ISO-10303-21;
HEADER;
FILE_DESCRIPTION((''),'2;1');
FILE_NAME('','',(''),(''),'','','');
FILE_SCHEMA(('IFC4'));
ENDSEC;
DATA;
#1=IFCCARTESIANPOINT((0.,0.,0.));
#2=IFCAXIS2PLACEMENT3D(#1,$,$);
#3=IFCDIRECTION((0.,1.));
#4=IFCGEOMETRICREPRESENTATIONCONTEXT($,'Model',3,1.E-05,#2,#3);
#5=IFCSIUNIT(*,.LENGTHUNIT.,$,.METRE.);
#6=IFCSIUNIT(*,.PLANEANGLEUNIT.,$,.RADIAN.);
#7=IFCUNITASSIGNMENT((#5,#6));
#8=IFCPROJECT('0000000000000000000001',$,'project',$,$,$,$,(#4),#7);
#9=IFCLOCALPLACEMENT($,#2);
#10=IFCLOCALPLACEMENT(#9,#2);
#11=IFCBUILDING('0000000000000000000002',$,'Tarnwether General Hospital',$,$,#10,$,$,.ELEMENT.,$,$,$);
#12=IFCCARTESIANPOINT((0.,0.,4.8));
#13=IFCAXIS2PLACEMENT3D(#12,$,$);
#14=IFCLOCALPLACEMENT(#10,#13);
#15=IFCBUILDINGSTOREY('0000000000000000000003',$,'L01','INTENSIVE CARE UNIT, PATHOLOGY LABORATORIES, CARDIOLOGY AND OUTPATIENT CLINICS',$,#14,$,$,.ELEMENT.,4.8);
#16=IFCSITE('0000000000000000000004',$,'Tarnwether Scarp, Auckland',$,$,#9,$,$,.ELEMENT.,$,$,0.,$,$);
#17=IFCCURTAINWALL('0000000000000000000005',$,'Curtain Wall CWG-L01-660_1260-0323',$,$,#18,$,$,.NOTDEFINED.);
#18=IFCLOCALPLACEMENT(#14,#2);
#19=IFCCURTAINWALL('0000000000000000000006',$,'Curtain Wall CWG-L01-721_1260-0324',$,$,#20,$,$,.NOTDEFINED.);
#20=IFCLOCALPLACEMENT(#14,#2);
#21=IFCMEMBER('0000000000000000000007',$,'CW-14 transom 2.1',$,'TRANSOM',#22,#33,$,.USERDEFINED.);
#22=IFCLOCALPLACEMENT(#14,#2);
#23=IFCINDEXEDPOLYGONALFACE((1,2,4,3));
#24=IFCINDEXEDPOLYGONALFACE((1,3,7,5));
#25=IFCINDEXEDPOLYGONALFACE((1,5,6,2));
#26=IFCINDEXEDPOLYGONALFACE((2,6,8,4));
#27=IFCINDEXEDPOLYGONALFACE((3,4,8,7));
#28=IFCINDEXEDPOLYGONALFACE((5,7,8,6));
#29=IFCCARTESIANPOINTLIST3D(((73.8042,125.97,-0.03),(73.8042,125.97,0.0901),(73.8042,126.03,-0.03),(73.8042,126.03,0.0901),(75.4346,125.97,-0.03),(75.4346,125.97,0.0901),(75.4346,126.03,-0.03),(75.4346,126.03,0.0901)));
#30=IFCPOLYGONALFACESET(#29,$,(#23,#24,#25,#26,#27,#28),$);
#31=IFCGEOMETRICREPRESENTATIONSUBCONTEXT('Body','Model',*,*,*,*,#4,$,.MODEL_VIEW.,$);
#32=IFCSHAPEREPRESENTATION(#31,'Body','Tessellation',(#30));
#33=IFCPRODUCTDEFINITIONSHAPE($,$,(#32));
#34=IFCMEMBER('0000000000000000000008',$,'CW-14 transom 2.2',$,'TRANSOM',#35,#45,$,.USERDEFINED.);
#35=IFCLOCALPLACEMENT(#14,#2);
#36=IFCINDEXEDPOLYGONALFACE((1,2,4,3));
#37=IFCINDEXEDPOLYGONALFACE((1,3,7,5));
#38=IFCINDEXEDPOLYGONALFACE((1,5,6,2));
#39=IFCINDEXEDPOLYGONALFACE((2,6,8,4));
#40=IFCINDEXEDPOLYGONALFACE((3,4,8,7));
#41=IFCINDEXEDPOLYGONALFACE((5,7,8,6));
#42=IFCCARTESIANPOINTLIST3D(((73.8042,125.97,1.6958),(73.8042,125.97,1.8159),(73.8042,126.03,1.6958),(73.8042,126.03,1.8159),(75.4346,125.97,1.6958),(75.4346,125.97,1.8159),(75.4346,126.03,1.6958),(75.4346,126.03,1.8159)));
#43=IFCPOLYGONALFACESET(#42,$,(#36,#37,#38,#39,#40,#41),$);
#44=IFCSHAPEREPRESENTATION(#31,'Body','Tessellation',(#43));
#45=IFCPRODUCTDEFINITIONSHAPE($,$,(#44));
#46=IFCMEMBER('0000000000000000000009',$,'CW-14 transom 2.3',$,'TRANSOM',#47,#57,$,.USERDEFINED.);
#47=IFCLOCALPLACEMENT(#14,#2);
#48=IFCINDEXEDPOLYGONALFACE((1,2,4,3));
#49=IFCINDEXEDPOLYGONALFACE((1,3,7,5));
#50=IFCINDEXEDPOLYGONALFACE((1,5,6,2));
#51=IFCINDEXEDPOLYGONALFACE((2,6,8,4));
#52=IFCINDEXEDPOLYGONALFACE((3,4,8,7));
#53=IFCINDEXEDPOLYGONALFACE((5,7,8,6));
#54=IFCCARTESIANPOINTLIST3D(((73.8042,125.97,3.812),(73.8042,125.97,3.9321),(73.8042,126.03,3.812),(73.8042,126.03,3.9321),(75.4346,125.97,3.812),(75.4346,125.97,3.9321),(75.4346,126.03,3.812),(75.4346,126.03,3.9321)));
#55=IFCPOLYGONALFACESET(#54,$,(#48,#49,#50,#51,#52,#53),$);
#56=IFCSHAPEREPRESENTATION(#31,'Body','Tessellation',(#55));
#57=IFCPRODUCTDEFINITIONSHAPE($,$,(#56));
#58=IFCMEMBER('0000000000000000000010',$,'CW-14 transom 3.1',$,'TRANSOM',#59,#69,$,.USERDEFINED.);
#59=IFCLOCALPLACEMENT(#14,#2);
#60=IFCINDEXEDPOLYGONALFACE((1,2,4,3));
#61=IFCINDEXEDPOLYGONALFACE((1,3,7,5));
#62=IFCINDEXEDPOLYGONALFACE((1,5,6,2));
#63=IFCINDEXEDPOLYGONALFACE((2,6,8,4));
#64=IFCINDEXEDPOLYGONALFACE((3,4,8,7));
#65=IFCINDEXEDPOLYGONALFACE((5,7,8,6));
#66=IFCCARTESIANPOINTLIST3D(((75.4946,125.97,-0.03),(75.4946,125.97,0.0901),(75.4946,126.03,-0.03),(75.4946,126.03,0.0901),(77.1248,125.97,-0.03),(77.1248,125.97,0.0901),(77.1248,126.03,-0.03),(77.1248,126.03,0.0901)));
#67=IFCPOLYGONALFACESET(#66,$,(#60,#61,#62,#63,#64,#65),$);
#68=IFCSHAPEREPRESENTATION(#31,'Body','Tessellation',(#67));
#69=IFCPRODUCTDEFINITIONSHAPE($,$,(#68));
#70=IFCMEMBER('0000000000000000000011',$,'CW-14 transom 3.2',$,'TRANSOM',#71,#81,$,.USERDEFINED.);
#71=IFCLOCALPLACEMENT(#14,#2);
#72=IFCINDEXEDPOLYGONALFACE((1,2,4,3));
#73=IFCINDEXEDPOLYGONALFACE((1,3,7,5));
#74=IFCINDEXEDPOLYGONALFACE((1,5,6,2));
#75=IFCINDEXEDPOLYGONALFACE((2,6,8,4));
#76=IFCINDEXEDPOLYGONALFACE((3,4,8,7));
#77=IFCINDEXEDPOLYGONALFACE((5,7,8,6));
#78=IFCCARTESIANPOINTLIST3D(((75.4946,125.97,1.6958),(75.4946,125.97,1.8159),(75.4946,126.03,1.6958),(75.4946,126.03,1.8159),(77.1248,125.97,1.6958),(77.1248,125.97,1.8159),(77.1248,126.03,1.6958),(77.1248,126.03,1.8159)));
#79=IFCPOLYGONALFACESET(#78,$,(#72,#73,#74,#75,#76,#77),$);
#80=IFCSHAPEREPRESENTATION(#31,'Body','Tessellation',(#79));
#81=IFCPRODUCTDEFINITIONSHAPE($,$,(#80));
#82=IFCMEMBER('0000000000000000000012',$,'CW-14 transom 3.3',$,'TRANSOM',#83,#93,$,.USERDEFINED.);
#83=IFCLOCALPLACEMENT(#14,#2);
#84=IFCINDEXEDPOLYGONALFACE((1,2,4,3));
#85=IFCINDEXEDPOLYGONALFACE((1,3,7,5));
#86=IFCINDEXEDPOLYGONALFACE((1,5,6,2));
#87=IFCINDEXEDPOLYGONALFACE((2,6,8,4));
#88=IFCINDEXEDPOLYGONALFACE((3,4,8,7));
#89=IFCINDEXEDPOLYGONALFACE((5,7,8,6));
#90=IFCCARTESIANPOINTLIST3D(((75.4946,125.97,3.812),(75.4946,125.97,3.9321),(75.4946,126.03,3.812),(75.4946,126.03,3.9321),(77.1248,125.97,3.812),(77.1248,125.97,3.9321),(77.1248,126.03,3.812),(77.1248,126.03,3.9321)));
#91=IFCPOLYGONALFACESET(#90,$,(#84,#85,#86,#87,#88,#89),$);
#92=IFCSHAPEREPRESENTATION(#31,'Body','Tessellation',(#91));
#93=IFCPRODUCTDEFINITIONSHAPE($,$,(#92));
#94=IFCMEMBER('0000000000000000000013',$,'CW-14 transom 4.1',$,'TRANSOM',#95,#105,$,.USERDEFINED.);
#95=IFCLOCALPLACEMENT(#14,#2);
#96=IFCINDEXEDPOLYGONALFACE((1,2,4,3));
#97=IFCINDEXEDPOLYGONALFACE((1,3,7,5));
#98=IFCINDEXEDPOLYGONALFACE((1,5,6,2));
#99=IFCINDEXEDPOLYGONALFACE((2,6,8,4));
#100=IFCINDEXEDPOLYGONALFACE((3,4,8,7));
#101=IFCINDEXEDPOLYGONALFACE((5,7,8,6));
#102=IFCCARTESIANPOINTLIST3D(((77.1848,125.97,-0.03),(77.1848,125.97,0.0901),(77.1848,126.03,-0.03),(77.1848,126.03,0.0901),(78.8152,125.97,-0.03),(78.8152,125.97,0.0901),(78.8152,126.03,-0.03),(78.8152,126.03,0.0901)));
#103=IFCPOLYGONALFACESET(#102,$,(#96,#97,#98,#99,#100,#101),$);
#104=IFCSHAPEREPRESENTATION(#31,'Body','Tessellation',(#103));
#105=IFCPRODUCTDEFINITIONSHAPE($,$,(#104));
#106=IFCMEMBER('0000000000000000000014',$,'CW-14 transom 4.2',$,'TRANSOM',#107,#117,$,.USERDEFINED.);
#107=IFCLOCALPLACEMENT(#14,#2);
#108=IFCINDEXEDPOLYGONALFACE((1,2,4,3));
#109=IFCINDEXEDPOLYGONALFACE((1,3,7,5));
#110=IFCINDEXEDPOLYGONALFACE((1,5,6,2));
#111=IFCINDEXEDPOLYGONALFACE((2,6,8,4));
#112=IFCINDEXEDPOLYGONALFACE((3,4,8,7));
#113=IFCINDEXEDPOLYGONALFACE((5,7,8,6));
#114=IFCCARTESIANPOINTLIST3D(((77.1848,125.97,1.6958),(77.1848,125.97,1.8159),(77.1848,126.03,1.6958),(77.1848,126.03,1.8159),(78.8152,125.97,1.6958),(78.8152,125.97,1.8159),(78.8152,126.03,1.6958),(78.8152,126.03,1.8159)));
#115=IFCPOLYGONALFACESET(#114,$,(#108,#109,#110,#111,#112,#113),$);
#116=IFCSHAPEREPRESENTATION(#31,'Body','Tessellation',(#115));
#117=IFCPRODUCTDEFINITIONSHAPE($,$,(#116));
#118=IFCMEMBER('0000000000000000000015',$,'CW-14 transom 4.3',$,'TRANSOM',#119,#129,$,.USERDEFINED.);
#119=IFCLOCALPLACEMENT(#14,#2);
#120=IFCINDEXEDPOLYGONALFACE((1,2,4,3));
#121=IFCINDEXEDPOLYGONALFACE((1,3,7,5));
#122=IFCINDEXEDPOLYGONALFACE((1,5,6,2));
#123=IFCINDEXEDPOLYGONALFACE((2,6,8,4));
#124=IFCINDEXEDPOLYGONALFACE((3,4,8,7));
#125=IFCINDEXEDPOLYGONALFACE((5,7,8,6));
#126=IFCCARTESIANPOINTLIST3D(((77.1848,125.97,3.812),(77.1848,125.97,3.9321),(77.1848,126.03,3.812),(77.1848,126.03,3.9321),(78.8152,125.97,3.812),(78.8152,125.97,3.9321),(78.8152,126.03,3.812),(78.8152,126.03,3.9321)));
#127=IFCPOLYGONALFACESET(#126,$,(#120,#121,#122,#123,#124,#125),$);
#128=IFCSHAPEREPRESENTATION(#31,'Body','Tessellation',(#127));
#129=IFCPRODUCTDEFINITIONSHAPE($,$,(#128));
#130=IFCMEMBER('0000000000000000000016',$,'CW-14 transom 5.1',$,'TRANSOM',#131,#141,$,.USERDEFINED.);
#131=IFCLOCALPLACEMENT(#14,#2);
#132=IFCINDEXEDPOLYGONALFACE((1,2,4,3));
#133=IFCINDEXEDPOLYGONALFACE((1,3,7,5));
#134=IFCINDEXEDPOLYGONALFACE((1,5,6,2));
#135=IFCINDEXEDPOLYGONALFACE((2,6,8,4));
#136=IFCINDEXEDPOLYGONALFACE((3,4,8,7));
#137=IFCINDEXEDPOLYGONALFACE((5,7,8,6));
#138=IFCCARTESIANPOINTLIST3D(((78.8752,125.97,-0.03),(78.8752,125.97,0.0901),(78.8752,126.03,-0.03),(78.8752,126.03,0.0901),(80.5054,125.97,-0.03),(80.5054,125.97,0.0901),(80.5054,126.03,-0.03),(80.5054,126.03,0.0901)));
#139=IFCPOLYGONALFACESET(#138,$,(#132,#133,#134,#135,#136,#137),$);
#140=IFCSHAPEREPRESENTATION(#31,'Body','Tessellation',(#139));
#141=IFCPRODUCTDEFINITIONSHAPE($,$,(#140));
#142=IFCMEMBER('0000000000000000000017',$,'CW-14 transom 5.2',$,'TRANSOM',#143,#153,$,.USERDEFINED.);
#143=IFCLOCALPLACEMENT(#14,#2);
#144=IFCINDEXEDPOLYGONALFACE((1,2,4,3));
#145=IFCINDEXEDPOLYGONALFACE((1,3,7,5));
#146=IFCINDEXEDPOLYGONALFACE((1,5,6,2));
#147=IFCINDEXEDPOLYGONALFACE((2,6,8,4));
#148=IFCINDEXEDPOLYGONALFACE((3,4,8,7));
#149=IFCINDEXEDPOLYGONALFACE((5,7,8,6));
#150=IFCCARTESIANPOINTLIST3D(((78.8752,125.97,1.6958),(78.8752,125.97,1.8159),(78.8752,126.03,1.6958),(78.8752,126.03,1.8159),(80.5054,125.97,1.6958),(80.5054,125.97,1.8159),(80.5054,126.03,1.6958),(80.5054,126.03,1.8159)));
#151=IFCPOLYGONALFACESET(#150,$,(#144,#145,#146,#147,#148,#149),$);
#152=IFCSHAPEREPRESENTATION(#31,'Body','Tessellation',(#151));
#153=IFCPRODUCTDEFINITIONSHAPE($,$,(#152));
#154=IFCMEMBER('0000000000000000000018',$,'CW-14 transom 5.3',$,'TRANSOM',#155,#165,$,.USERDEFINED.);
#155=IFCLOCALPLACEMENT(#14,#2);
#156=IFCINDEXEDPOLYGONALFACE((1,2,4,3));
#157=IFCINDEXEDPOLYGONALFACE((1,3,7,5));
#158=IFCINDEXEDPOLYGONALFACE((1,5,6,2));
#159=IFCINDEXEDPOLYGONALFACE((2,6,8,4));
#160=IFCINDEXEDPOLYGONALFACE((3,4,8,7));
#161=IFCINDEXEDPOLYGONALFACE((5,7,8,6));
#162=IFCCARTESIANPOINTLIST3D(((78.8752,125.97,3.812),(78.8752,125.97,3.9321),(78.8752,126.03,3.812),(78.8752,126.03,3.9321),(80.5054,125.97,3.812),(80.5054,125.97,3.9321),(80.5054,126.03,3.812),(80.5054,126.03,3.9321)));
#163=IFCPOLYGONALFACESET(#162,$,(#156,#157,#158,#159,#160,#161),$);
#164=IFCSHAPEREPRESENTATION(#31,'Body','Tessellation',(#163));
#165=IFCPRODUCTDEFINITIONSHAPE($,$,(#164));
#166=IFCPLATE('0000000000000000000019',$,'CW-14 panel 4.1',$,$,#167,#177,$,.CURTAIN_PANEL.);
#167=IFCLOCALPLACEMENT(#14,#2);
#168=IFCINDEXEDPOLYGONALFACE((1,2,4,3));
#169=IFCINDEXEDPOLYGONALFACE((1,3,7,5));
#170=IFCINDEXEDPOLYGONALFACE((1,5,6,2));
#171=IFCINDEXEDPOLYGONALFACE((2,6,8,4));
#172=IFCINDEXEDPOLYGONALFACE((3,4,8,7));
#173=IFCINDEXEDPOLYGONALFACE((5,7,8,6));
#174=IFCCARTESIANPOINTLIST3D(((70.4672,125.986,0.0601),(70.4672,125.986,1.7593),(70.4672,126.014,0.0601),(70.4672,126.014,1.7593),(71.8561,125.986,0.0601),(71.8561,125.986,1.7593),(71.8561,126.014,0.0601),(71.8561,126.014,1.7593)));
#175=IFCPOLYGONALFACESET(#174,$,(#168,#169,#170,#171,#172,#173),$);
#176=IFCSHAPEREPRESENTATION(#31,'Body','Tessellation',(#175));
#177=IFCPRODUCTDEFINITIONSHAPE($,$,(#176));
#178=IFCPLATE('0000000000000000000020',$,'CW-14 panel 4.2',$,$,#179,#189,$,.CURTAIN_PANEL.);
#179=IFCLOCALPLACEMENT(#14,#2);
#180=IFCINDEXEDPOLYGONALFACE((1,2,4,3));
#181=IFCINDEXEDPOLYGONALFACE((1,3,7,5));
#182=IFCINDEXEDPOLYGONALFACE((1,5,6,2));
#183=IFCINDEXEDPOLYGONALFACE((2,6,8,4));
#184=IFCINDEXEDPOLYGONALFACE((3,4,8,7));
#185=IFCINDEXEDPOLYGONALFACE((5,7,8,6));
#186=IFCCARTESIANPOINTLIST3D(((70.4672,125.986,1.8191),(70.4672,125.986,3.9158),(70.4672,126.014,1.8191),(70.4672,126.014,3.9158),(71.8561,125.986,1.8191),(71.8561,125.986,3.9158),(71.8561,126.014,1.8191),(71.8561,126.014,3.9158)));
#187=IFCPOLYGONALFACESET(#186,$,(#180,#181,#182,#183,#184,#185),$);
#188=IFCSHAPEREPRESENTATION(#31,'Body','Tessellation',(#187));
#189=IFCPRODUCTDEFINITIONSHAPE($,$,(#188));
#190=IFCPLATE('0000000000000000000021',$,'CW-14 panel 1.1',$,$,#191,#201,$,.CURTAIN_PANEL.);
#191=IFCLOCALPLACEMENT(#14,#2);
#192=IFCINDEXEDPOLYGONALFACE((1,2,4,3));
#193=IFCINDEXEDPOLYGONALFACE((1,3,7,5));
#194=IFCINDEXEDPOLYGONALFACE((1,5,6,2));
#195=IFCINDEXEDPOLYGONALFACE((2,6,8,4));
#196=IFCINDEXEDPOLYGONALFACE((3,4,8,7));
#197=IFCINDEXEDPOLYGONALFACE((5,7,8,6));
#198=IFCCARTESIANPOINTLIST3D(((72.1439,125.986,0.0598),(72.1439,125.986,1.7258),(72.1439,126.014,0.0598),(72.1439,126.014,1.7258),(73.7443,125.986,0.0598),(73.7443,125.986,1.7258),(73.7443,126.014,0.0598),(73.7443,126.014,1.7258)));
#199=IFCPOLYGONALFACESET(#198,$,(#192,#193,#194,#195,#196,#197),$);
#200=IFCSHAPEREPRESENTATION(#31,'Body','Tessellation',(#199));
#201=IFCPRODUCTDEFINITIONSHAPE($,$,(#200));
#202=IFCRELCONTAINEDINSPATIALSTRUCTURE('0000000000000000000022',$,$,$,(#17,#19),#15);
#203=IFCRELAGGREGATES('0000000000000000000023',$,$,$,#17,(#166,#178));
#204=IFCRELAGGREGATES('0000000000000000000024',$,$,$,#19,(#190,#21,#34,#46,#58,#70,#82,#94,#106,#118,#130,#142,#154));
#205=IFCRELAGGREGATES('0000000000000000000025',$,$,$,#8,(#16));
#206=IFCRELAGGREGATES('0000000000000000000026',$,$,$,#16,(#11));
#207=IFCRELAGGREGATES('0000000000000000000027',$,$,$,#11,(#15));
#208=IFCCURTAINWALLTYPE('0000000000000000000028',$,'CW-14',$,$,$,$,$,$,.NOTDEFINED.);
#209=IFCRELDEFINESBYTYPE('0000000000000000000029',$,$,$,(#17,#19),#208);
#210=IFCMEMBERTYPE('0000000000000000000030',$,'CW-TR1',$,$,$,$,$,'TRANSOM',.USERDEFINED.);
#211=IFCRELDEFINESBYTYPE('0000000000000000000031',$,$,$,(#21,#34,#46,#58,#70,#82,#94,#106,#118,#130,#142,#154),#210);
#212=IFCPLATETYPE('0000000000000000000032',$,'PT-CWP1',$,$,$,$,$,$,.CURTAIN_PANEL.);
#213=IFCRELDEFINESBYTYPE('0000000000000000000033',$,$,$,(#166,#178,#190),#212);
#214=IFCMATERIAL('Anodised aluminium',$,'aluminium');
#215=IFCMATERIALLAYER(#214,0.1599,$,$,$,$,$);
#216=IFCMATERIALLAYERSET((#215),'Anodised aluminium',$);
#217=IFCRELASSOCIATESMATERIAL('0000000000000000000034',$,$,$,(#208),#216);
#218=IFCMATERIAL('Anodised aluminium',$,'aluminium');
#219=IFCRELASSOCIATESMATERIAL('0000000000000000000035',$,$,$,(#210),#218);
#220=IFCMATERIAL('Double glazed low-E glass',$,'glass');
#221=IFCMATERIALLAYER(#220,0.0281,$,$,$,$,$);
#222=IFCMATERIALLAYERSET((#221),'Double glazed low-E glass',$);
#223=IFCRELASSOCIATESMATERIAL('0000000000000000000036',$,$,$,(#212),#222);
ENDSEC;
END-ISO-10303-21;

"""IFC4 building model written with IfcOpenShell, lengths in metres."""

from ifc_helpers import new_model, si_unit, direction, frame, origin, origin_2d, place, context, subcontext, project, spatial, rectangle, extrude, material, layer, layer_set, material_profile, profile_set, type_object, element, aggregate, save


model = new_model("IFC4")

# Units and contexts
model_context = context("Model", 3, precision=1e-05, world=origin(), true_north=direction((0.0, 1.0)))
body_context = subcontext(model_context, "Body", "Model", "MODEL_VIEW")
ifc_project = project(units=[si_unit("LENGTHUNIT", "METRE"), si_unit("PLANEANGLEUNIT", "RADIAN")], contexts=[model_context])

# Site, building, storey
site_placement = place(None, origin())
site = spatial("IfcSite", under=ifc_project, at=site_placement, Name="Tarnwether Scarp, Auckland", CompositionType="ELEMENT", RefElevation=0.0)
building_placement = place(site_placement, origin())
building = spatial("IfcBuilding", under=site, at=building_placement, Name="Tarnwether General Hospital", CompositionType="ELEMENT")
storey_placement = place(building_placement, frame((0.0, 0.0, 4.8)))
storey = spatial("IfcBuildingStorey", under=building, at=storey_placement, Name="L01", Description="INTENSIVE CARE UNIT, PATHOLOGY LABORATORIES, CARDIOLOGY AND OUTPATIENT CLINICS", CompositionType="ELEMENT", Elevation=4.8)

# Curtain wall
ifc_material_1 = material(Name="Anodised aluminium", Category="aluminium")
ifc_layer_1 = layer(ifc_material_1, 0.1599)
ifc_layer_set_1 = layer_set([ifc_layer_1], Name="Anodised aluminium")
curtain_wall_type = type_object("IfcCurtainWallType", Name="CW-14", PredefinedType="NOTDEFINED", material=ifc_layer_set_1)
curtain_wall_1_placement = place(storey_placement, origin())
curtain_wall_1 = element("IfcCurtainWall", 1, at=curtain_wall_1_placement, inside=storey, type_object=curtain_wall_type, Name="Curtain Wall CWG-L01-660_1260-0323", PredefinedType="NOTDEFINED")

# Curtain wall, members
curtain_wall_2_placement = place(storey_placement, origin())
curtain_wall_2 = element("IfcCurtainWall", 2, at=curtain_wall_2_placement, inside=storey, type_object=curtain_wall_type, Name="Curtain Wall CWG-L01-721_1260-0324", PredefinedType="NOTDEFINED")
ifc_material_2 = material(Name="Anodised aluminium", Category="aluminium")
ifc_material_profile_1 = material_profile(ifc_material_2, rectangle(XDim=0.0601, YDim=0.1201, at=origin_2d()), Name="ALU-TRN-60x120")
ifc_profile_set_1 = profile_set([ifc_material_profile_1], Name="Anodised aluminium")
member_type_1 = type_object("IfcMemberType", Name="CW-TR1", ElementType="TRANSOM", PredefinedType="USERDEFINED", material=ifc_profile_set_1)
member_1_placement = place(storey_placement, frame((73.8042, 126.0, 0.03), z_axis=(1.0, 0.0, 0.0), x_axis=(0.0, 1.0, 0.0)))
member_1 = element("IfcMember", 3, at=member_1_placement, type_object=member_type_1, Name="CW-14 transom 2.1", ObjectType="TRANSOM", PredefinedType="USERDEFINED", context=body_context, shape_type="SweptSolid", body=[
    extrude(rectangle(XDim=0.0601, YDim=0.1201, at=origin_2d()), origin(), (0.0, 0.0, 1.0), 1.6304),
])
member_2_placement = place(storey_placement, frame((73.8042, 126.0, 1.7559), z_axis=(1.0, 0.0, 0.0), x_axis=(0.0, 1.0, 0.0)))
member_2 = element("IfcMember", 4, at=member_2_placement, type_object=member_type_1, Name="CW-14 transom 2.2", ObjectType="TRANSOM", PredefinedType="USERDEFINED", context=body_context, shape_type="SweptSolid", body=[
    extrude(rectangle(XDim=0.0601, YDim=0.1201, at=origin_2d()), origin(), (0.0, 0.0, 1.0), 1.6304),
])
member_3_placement = place(storey_placement, frame((73.8042, 126.0, 3.8721), z_axis=(1.0, 0.0, 0.0), x_axis=(0.0, 1.0, 0.0)))
member_3 = element("IfcMember", 5, at=member_3_placement, type_object=member_type_1, Name="CW-14 transom 2.3", ObjectType="TRANSOM", PredefinedType="USERDEFINED", context=body_context, shape_type="SweptSolid", body=[
    extrude(rectangle(XDim=0.0601, YDim=0.1201, at=origin_2d()), origin(), (0.0, 0.0, 1.0), 1.6304),
])
member_4_placement = place(storey_placement, frame((75.4946, 126.0, 0.03), z_axis=(1.0, 0.0, 0.0), x_axis=(0.0, 1.0, 0.0)))
member_4 = element("IfcMember", 6, at=member_4_placement, type_object=member_type_1, Name="CW-14 transom 3.1", ObjectType="TRANSOM", PredefinedType="USERDEFINED", context=body_context, shape_type="SweptSolid", body=[
    extrude(rectangle(XDim=0.0601, YDim=0.1201, at=origin_2d()), origin(), (0.0, 0.0, 1.0), 1.6301),
])
member_5_placement = place(storey_placement, frame((75.4946, 126.0, 1.7559), z_axis=(1.0, 0.0, 0.0), x_axis=(0.0, 1.0, 0.0)))
member_5 = element("IfcMember", 7, at=member_5_placement, type_object=member_type_1, Name="CW-14 transom 3.2", ObjectType="TRANSOM", PredefinedType="USERDEFINED", context=body_context, shape_type="SweptSolid", body=[
    extrude(rectangle(XDim=0.0601, YDim=0.1201, at=origin_2d()), origin(), (0.0, 0.0, 1.0), 1.6301),
])
member_6_placement = place(storey_placement, frame((75.4946, 126.0, 3.8721), z_axis=(1.0, 0.0, 0.0), x_axis=(0.0, 1.0, 0.0)))
member_6 = element("IfcMember", 8, at=member_6_placement, type_object=member_type_1, Name="CW-14 transom 3.3", ObjectType="TRANSOM", PredefinedType="USERDEFINED", context=body_context, shape_type="SweptSolid", body=[
    extrude(rectangle(XDim=0.0601, YDim=0.1201, at=origin_2d()), origin(), (0.0, 0.0, 1.0), 1.6301),
])
member_7_placement = place(storey_placement, frame((77.1848, 126.0, 0.03), z_axis=(1.0, 0.0, 0.0), x_axis=(0.0, 1.0, 0.0)))
member_7 = element("IfcMember", 9, at=member_7_placement, type_object=member_type_1, Name="CW-14 transom 4.1", ObjectType="TRANSOM", PredefinedType="USERDEFINED", context=body_context, shape_type="SweptSolid", body=[
    extrude(rectangle(XDim=0.0601, YDim=0.1201, at=origin_2d()), origin(), (0.0, 0.0, 1.0), 1.6304),
])
member_8_placement = place(storey_placement, frame((77.1848, 126.0, 1.7559), z_axis=(1.0, 0.0, 0.0), x_axis=(0.0, 1.0, 0.0)))
member_8 = element("IfcMember", 10, at=member_8_placement, type_object=member_type_1, Name="CW-14 transom 4.2", ObjectType="TRANSOM", PredefinedType="USERDEFINED", context=body_context, shape_type="SweptSolid", body=[
    extrude(rectangle(XDim=0.0601, YDim=0.1201, at=origin_2d()), origin(), (0.0, 0.0, 1.0), 1.6304),
])
member_9_placement = place(storey_placement, frame((77.1848, 126.0, 3.8721), z_axis=(1.0, 0.0, 0.0), x_axis=(0.0, 1.0, 0.0)))
member_9 = element("IfcMember", 11, at=member_9_placement, type_object=member_type_1, Name="CW-14 transom 4.3", ObjectType="TRANSOM", PredefinedType="USERDEFINED", context=body_context, shape_type="SweptSolid", body=[
    extrude(rectangle(XDim=0.0601, YDim=0.1201, at=origin_2d()), origin(), (0.0, 0.0, 1.0), 1.6304),
])
member_10_placement = place(storey_placement, frame((78.8752, 126.0, 0.03), z_axis=(1.0, 0.0, 0.0), x_axis=(0.0, 1.0, 0.0)))
member_10 = element("IfcMember", 12, at=member_10_placement, type_object=member_type_1, Name="CW-14 transom 5.1", ObjectType="TRANSOM", PredefinedType="USERDEFINED", context=body_context, shape_type="SweptSolid", body=[
    extrude(rectangle(XDim=0.0601, YDim=0.1201, at=origin_2d()), origin(), (0.0, 0.0, 1.0), 1.6301),
])
member_11_placement = place(storey_placement, frame((78.8752, 126.0, 1.7559), z_axis=(1.0, 0.0, 0.0), x_axis=(0.0, 1.0, 0.0)))
member_11 = element("IfcMember", 13, at=member_11_placement, type_object=member_type_1, Name="CW-14 transom 5.2", ObjectType="TRANSOM", PredefinedType="USERDEFINED", context=body_context, shape_type="SweptSolid", body=[
    extrude(rectangle(XDim=0.0601, YDim=0.1201, at=origin_2d()), origin(), (0.0, 0.0, 1.0), 1.6301),
])
member_12_placement = place(storey_placement, frame((78.8752, 126.0, 3.8721), z_axis=(1.0, 0.0, 0.0), x_axis=(0.0, 1.0, 0.0)))
member_12 = element("IfcMember", 14, at=member_12_placement, type_object=member_type_1, Name="CW-14 transom 5.3", ObjectType="TRANSOM", PredefinedType="USERDEFINED", context=body_context, shape_type="SweptSolid", body=[
    extrude(rectangle(XDim=0.0601, YDim=0.1201, at=origin_2d()), origin(), (0.0, 0.0, 1.0), 1.6301),
])

# Plates
ifc_material_3 = material(Name="Double glazed low-E glass", Category="glass")
ifc_layer_2 = layer(ifc_material_3, 0.0281)
ifc_layer_set_2 = layer_set([ifc_layer_2], Name="Double glazed low-E glass")
plate_type_1 = type_object("IfcPlateType", Name="PT-CWP1", PredefinedType="CURTAIN_PANEL", material=ifc_layer_set_2)
plate_1_placement = place(storey_placement, frame((71.1616, 126.0, 0.0601), z_axis=(0.0, 0.0, 1.0), x_axis=(1.0, 0.0, 0.0)))
plate_1 = element("IfcPlate", 15, at=plate_1_placement, type_object=plate_type_1, Name="CW-14 panel 4.1", PredefinedType="CURTAIN_PANEL", context=body_context, shape_type="SweptSolid", body=[
    extrude(rectangle(XDim=1.3889, YDim=0.0281, at=origin_2d()), origin(), (0.0, 0.0, 1.0), 1.6992),
])
plate_2_placement = place(storey_placement, frame((71.1616, 126.0, 1.8191), z_axis=(0.0, 0.0, 1.0), x_axis=(1.0, 0.0, 0.0)))
plate_2 = element("IfcPlate", 16, at=plate_2_placement, type_object=plate_type_1, Name="CW-14 panel 4.2", PredefinedType="CURTAIN_PANEL", context=body_context, shape_type="SweptSolid", body=[
    extrude(rectangle(XDim=1.3889, YDim=0.0281, at=origin_2d()), origin(), (0.0, 0.0, 1.0), 2.0967),
])
aggregate(curtain_wall_1, [plate_1, plate_2])
plate_3_placement = place(storey_placement, frame((72.9441, 126.0, 0.0598), z_axis=(0.0, 0.0, 1.0), x_axis=(1.0, 0.0, 0.0)))
plate_3 = element("IfcPlate", 17, at=plate_3_placement, type_object=plate_type_1, Name="CW-14 panel 1.1", PredefinedType="CURTAIN_PANEL", context=body_context, shape_type="SweptSolid", body=[
    extrude(rectangle(XDim=1.6003, YDim=0.0281, at=origin_2d()), origin(), (0.0, 0.0, 1.0), 1.666),
])
aggregate(curtain_wall_2, [plate_3, member_1, member_2, member_3, member_4, member_5, member_6, member_7, member_8, member_9, member_10, member_11, member_12])

save(model, "model.ifc")
